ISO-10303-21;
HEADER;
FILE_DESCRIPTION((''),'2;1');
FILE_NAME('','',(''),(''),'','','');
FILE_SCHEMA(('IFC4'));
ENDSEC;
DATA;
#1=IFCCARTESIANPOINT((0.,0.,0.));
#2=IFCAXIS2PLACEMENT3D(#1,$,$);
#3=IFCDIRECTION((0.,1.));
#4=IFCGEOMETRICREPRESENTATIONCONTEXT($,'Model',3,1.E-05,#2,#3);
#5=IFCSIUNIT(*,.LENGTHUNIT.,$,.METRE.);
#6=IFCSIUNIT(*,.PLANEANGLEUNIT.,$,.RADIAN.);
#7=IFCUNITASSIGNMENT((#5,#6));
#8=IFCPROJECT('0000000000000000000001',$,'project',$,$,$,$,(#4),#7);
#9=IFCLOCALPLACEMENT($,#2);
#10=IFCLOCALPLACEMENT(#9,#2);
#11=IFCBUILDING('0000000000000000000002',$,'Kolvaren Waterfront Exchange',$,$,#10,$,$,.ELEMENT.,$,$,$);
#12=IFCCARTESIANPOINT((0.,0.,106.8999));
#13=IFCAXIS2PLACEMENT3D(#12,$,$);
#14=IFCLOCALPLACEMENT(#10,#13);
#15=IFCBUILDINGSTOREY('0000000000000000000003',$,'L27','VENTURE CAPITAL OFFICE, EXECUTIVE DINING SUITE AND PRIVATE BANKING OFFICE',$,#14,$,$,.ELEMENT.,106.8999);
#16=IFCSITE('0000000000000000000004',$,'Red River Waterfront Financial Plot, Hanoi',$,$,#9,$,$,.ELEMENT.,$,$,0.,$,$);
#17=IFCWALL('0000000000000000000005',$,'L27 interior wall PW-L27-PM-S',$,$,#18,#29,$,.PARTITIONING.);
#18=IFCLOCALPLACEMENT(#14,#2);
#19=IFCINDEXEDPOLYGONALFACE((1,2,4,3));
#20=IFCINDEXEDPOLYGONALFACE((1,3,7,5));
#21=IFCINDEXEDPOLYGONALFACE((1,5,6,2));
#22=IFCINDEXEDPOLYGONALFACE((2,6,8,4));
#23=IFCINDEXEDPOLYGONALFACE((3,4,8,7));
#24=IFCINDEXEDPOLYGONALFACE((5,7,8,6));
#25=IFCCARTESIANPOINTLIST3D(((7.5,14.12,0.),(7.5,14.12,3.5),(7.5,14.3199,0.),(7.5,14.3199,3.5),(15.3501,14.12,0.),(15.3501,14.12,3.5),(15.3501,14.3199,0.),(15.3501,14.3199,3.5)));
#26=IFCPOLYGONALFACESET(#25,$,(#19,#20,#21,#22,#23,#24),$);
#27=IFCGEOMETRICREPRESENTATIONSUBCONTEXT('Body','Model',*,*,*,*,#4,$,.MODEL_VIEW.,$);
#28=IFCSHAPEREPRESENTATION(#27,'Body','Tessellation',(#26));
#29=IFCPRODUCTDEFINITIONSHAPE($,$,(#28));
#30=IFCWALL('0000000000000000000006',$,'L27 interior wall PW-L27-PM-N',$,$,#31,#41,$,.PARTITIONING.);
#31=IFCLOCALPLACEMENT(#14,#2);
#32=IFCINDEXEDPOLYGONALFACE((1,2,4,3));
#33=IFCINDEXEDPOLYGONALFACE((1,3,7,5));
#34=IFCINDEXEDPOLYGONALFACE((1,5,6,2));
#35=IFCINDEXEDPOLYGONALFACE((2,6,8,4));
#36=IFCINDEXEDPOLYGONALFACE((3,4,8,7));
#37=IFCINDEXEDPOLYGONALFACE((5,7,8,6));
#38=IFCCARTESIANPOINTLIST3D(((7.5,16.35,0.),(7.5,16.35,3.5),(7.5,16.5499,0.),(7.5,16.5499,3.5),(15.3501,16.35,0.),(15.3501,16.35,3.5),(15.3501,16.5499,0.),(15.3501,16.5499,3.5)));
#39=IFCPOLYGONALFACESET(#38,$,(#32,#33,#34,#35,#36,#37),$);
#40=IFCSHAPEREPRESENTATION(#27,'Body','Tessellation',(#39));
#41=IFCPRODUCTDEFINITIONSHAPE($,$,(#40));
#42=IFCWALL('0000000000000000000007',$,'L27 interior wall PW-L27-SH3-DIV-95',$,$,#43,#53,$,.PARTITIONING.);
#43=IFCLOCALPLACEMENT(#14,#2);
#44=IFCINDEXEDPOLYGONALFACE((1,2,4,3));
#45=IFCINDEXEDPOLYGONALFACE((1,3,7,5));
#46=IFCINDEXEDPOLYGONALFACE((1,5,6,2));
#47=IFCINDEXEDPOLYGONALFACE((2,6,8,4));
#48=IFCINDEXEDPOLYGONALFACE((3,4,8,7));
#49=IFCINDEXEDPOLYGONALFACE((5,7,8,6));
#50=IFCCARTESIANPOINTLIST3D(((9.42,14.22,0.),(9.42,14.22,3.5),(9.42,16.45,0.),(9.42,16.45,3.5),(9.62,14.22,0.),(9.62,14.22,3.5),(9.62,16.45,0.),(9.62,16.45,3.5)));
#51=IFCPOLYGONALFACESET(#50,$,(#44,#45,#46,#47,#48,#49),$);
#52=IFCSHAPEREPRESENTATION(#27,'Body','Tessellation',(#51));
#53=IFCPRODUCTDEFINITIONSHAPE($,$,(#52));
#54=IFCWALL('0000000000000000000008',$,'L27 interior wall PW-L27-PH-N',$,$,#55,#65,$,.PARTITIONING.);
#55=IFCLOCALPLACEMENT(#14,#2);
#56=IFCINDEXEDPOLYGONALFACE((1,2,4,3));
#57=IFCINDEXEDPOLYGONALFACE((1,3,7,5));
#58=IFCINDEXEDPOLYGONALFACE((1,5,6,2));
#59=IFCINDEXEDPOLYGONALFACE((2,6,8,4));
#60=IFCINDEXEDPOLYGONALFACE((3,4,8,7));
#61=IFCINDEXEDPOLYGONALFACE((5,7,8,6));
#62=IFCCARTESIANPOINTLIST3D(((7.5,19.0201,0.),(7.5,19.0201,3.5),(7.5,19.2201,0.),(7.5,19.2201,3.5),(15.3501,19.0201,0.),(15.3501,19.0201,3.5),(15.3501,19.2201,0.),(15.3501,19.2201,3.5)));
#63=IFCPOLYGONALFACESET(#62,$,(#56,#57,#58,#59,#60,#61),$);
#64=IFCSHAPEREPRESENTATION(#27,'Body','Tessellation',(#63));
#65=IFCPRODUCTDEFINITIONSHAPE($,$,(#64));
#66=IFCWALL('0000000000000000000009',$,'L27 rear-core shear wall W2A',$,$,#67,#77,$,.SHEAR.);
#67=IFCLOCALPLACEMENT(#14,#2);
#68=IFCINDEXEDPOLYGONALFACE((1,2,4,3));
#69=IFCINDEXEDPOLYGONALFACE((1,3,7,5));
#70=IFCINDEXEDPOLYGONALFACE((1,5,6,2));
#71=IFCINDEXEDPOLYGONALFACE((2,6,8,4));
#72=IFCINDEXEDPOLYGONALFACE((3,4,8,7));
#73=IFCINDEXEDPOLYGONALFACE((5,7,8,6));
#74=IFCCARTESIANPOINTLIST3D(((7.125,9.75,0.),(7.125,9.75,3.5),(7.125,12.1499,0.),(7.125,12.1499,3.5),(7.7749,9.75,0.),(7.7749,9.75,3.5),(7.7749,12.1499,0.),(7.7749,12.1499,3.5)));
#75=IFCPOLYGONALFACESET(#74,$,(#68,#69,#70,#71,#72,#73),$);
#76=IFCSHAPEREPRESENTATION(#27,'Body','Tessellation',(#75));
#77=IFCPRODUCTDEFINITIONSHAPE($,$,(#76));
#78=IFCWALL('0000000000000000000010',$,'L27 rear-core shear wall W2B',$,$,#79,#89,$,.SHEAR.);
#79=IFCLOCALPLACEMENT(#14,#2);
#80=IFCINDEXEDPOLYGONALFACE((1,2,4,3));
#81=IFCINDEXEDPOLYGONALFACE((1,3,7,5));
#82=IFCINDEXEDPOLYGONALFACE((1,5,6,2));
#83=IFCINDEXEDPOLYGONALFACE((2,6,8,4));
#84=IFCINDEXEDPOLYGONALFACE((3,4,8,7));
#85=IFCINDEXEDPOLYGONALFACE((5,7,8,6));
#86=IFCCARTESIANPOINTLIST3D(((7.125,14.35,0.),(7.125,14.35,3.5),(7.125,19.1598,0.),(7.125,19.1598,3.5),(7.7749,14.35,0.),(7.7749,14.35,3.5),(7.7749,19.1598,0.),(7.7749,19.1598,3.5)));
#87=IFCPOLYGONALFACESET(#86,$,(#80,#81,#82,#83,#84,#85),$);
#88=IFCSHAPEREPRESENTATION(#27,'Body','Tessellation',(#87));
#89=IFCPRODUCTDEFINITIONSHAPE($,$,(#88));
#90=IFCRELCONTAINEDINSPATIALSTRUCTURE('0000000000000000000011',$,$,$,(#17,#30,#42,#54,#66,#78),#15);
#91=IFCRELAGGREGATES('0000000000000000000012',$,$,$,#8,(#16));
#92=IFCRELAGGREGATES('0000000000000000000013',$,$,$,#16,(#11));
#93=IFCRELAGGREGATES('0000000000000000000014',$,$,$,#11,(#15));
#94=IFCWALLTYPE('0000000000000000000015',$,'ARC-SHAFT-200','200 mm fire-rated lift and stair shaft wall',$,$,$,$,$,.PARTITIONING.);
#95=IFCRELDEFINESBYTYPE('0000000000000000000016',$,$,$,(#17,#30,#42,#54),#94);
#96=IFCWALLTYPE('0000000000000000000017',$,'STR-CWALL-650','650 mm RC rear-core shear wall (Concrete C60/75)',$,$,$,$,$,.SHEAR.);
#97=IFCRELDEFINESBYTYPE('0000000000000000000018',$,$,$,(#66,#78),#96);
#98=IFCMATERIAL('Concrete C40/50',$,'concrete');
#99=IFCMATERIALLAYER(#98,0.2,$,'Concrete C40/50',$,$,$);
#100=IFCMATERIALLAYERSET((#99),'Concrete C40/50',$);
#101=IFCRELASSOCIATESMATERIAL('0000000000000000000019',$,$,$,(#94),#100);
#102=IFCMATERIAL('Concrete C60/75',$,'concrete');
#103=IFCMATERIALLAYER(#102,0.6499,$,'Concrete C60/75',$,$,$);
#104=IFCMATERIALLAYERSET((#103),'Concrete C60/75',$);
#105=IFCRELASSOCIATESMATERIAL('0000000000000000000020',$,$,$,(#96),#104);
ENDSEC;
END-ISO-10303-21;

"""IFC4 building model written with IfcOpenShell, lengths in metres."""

from ifc_helpers import new_model, si_unit, direction, frame, frame_2d, origin, place, context, subcontext, project, spatial, rectangle, extrude, material, layer, layer_set, type_object, element, save


model = new_model("IFC4")

# Units and contexts
model_context = context("Model", 3, precision=1e-05, world=origin(), true_north=direction((0.0, 1.0)))
body_context = subcontext(model_context, "Body", "Model", "MODEL_VIEW")
ifc_project = project(units=[si_unit("LENGTHUNIT", "METRE"), si_unit("PLANEANGLEUNIT", "RADIAN")], contexts=[model_context])

# Site, building, storey
site_placement = place(None, origin())
site = spatial("IfcSite", under=ifc_project, at=site_placement, Name="Red River Waterfront Financial Plot, Hanoi", CompositionType="ELEMENT", RefElevation=0.0)
building_placement = place(site_placement, origin())
building = spatial("IfcBuilding", under=site, at=building_placement, Name="Kolvaren Waterfront Exchange", CompositionType="ELEMENT")
storey_placement = place(building_placement, frame((0.0, 0.0, 106.8999)))
storey = spatial("IfcBuildingStorey", under=building, at=storey_placement, Name="L27", Description="VENTURE CAPITAL OFFICE, EXECUTIVE DINING SUITE AND PRIVATE BANKING OFFICE", CompositionType="ELEMENT", Elevation=106.8999)

# Shared definitions
ifc_material_1 = material(Name="Concrete C60/75", Category="concrete")

# Shared definitions
ifc_material_2 = material(Name="Concrete C40/50", Category="concrete")
ifc_layer_1 = layer(ifc_material_2, 0.2, Name="Concrete C40/50")
ifc_layer_set_1 = layer_set([ifc_layer_1], Name="Concrete C40/50")
wall_type_1 = type_object("IfcWallType", Name="ARC-SHAFT-200", Description="200 mm fire-rated lift and stair shaft wall", PredefinedType="PARTITIONING", material=ifc_layer_set_1)

# Walls
for number, where, z_axis, x_axis, name in (
    (1, (7.5, 14.22, 0.0), (0.0, 0.0, 1.0), (1.0, 0.0, 0.0), "L27 interior wall PW-L27-PM-S"),
    (2, (7.5, 16.45, 0.0), (0.0, 0.0, 1.0), (1.0, 0.0, 0.0), "L27 interior wall PW-L27-PM-N"),
):
    element("IfcWall", number, at=place(storey_placement, frame(where, z_axis=z_axis, x_axis=x_axis)), inside=storey, type_object=wall_type_1, Name=name, PredefinedType="PARTITIONING", context=body_context, shape_type="SweptSolid", body=[
        extrude(rectangle(XDim=7.8501, YDim=0.2, at=frame_2d((3.925, 0.0))), origin(), (0.0, 0.0, 1.0), 3.5),
    ])
wall_1_placement = place(storey_placement, frame((9.52, 14.22, 0.0), z_axis=(0.0, 0.0, 1.0), x_axis=(0.0, 1.0, 0.0)))
element("IfcWall", 3, at=wall_1_placement, inside=storey, type_object=wall_type_1, Name="L27 interior wall PW-L27-SH3-DIV-95", PredefinedType="PARTITIONING", context=body_context, shape_type="SweptSolid", body=[
    extrude(rectangle(XDim=2.23, YDim=0.2, at=frame_2d((1.115, 0.0))), origin(), (0.0, 0.0, 1.0), 3.5),
])
wall_2_placement = place(storey_placement, frame((7.5, 19.1201, 0.0), z_axis=(0.0, 0.0, 1.0), x_axis=(1.0, 0.0, 0.0)))
element("IfcWall", 4, at=wall_2_placement, inside=storey, type_object=wall_type_1, Name="L27 interior wall PW-L27-PH-N", PredefinedType="PARTITIONING", context=body_context, shape_type="SweptSolid", body=[
    extrude(rectangle(XDim=7.8501, YDim=0.2, at=frame_2d((3.925, 0.0))), origin(), (0.0, 0.0, 1.0), 3.5),
])
ifc_layer_2 = layer(ifc_material_1, 0.6499, Name="Concrete C60/75")
ifc_layer_set_2 = layer_set([ifc_layer_2], Name="Concrete C60/75")
wall_type_2 = type_object("IfcWallType", Name="STR-CWALL-650", Description="650 mm RC rear-core shear wall (Concrete C60/75)", PredefinedType="SHEAR", material=ifc_layer_set_2)
wall_3_placement = place(storey_placement, frame((7.45, 9.75, 0.0), z_axis=(0.0, 0.0, 1.0), x_axis=(0.0, 1.0, 0.0)))
element("IfcWall", 5, at=wall_3_placement, inside=storey, type_object=wall_type_2, Name="L27 rear-core shear wall W2A", PredefinedType="SHEAR", context=body_context, shape_type="SweptSolid", body=[
    extrude(rectangle(XDim=2.3999, YDim=0.6499, at=frame_2d((1.2, 0.0))), origin(), (0.0, 0.0, 1.0), 3.5),
])
wall_4_placement = place(storey_placement, frame((7.45, 14.3501, 0.0), z_axis=(0.0, 0.0, 1.0), x_axis=(0.0, 1.0, 0.0)))
element("IfcWall", 6, at=wall_4_placement, inside=storey, type_object=wall_type_2, Name="L27 rear-core shear wall W2B", PredefinedType="SHEAR", context=body_context, shape_type="SweptSolid", body=[
    extrude(rectangle(XDim=4.8098, YDim=0.6499, at=frame_2d((2.4048, 0.0))), origin(), (0.0, 0.0, 1.0), 3.5),
])

save(model, "model.ifc")
